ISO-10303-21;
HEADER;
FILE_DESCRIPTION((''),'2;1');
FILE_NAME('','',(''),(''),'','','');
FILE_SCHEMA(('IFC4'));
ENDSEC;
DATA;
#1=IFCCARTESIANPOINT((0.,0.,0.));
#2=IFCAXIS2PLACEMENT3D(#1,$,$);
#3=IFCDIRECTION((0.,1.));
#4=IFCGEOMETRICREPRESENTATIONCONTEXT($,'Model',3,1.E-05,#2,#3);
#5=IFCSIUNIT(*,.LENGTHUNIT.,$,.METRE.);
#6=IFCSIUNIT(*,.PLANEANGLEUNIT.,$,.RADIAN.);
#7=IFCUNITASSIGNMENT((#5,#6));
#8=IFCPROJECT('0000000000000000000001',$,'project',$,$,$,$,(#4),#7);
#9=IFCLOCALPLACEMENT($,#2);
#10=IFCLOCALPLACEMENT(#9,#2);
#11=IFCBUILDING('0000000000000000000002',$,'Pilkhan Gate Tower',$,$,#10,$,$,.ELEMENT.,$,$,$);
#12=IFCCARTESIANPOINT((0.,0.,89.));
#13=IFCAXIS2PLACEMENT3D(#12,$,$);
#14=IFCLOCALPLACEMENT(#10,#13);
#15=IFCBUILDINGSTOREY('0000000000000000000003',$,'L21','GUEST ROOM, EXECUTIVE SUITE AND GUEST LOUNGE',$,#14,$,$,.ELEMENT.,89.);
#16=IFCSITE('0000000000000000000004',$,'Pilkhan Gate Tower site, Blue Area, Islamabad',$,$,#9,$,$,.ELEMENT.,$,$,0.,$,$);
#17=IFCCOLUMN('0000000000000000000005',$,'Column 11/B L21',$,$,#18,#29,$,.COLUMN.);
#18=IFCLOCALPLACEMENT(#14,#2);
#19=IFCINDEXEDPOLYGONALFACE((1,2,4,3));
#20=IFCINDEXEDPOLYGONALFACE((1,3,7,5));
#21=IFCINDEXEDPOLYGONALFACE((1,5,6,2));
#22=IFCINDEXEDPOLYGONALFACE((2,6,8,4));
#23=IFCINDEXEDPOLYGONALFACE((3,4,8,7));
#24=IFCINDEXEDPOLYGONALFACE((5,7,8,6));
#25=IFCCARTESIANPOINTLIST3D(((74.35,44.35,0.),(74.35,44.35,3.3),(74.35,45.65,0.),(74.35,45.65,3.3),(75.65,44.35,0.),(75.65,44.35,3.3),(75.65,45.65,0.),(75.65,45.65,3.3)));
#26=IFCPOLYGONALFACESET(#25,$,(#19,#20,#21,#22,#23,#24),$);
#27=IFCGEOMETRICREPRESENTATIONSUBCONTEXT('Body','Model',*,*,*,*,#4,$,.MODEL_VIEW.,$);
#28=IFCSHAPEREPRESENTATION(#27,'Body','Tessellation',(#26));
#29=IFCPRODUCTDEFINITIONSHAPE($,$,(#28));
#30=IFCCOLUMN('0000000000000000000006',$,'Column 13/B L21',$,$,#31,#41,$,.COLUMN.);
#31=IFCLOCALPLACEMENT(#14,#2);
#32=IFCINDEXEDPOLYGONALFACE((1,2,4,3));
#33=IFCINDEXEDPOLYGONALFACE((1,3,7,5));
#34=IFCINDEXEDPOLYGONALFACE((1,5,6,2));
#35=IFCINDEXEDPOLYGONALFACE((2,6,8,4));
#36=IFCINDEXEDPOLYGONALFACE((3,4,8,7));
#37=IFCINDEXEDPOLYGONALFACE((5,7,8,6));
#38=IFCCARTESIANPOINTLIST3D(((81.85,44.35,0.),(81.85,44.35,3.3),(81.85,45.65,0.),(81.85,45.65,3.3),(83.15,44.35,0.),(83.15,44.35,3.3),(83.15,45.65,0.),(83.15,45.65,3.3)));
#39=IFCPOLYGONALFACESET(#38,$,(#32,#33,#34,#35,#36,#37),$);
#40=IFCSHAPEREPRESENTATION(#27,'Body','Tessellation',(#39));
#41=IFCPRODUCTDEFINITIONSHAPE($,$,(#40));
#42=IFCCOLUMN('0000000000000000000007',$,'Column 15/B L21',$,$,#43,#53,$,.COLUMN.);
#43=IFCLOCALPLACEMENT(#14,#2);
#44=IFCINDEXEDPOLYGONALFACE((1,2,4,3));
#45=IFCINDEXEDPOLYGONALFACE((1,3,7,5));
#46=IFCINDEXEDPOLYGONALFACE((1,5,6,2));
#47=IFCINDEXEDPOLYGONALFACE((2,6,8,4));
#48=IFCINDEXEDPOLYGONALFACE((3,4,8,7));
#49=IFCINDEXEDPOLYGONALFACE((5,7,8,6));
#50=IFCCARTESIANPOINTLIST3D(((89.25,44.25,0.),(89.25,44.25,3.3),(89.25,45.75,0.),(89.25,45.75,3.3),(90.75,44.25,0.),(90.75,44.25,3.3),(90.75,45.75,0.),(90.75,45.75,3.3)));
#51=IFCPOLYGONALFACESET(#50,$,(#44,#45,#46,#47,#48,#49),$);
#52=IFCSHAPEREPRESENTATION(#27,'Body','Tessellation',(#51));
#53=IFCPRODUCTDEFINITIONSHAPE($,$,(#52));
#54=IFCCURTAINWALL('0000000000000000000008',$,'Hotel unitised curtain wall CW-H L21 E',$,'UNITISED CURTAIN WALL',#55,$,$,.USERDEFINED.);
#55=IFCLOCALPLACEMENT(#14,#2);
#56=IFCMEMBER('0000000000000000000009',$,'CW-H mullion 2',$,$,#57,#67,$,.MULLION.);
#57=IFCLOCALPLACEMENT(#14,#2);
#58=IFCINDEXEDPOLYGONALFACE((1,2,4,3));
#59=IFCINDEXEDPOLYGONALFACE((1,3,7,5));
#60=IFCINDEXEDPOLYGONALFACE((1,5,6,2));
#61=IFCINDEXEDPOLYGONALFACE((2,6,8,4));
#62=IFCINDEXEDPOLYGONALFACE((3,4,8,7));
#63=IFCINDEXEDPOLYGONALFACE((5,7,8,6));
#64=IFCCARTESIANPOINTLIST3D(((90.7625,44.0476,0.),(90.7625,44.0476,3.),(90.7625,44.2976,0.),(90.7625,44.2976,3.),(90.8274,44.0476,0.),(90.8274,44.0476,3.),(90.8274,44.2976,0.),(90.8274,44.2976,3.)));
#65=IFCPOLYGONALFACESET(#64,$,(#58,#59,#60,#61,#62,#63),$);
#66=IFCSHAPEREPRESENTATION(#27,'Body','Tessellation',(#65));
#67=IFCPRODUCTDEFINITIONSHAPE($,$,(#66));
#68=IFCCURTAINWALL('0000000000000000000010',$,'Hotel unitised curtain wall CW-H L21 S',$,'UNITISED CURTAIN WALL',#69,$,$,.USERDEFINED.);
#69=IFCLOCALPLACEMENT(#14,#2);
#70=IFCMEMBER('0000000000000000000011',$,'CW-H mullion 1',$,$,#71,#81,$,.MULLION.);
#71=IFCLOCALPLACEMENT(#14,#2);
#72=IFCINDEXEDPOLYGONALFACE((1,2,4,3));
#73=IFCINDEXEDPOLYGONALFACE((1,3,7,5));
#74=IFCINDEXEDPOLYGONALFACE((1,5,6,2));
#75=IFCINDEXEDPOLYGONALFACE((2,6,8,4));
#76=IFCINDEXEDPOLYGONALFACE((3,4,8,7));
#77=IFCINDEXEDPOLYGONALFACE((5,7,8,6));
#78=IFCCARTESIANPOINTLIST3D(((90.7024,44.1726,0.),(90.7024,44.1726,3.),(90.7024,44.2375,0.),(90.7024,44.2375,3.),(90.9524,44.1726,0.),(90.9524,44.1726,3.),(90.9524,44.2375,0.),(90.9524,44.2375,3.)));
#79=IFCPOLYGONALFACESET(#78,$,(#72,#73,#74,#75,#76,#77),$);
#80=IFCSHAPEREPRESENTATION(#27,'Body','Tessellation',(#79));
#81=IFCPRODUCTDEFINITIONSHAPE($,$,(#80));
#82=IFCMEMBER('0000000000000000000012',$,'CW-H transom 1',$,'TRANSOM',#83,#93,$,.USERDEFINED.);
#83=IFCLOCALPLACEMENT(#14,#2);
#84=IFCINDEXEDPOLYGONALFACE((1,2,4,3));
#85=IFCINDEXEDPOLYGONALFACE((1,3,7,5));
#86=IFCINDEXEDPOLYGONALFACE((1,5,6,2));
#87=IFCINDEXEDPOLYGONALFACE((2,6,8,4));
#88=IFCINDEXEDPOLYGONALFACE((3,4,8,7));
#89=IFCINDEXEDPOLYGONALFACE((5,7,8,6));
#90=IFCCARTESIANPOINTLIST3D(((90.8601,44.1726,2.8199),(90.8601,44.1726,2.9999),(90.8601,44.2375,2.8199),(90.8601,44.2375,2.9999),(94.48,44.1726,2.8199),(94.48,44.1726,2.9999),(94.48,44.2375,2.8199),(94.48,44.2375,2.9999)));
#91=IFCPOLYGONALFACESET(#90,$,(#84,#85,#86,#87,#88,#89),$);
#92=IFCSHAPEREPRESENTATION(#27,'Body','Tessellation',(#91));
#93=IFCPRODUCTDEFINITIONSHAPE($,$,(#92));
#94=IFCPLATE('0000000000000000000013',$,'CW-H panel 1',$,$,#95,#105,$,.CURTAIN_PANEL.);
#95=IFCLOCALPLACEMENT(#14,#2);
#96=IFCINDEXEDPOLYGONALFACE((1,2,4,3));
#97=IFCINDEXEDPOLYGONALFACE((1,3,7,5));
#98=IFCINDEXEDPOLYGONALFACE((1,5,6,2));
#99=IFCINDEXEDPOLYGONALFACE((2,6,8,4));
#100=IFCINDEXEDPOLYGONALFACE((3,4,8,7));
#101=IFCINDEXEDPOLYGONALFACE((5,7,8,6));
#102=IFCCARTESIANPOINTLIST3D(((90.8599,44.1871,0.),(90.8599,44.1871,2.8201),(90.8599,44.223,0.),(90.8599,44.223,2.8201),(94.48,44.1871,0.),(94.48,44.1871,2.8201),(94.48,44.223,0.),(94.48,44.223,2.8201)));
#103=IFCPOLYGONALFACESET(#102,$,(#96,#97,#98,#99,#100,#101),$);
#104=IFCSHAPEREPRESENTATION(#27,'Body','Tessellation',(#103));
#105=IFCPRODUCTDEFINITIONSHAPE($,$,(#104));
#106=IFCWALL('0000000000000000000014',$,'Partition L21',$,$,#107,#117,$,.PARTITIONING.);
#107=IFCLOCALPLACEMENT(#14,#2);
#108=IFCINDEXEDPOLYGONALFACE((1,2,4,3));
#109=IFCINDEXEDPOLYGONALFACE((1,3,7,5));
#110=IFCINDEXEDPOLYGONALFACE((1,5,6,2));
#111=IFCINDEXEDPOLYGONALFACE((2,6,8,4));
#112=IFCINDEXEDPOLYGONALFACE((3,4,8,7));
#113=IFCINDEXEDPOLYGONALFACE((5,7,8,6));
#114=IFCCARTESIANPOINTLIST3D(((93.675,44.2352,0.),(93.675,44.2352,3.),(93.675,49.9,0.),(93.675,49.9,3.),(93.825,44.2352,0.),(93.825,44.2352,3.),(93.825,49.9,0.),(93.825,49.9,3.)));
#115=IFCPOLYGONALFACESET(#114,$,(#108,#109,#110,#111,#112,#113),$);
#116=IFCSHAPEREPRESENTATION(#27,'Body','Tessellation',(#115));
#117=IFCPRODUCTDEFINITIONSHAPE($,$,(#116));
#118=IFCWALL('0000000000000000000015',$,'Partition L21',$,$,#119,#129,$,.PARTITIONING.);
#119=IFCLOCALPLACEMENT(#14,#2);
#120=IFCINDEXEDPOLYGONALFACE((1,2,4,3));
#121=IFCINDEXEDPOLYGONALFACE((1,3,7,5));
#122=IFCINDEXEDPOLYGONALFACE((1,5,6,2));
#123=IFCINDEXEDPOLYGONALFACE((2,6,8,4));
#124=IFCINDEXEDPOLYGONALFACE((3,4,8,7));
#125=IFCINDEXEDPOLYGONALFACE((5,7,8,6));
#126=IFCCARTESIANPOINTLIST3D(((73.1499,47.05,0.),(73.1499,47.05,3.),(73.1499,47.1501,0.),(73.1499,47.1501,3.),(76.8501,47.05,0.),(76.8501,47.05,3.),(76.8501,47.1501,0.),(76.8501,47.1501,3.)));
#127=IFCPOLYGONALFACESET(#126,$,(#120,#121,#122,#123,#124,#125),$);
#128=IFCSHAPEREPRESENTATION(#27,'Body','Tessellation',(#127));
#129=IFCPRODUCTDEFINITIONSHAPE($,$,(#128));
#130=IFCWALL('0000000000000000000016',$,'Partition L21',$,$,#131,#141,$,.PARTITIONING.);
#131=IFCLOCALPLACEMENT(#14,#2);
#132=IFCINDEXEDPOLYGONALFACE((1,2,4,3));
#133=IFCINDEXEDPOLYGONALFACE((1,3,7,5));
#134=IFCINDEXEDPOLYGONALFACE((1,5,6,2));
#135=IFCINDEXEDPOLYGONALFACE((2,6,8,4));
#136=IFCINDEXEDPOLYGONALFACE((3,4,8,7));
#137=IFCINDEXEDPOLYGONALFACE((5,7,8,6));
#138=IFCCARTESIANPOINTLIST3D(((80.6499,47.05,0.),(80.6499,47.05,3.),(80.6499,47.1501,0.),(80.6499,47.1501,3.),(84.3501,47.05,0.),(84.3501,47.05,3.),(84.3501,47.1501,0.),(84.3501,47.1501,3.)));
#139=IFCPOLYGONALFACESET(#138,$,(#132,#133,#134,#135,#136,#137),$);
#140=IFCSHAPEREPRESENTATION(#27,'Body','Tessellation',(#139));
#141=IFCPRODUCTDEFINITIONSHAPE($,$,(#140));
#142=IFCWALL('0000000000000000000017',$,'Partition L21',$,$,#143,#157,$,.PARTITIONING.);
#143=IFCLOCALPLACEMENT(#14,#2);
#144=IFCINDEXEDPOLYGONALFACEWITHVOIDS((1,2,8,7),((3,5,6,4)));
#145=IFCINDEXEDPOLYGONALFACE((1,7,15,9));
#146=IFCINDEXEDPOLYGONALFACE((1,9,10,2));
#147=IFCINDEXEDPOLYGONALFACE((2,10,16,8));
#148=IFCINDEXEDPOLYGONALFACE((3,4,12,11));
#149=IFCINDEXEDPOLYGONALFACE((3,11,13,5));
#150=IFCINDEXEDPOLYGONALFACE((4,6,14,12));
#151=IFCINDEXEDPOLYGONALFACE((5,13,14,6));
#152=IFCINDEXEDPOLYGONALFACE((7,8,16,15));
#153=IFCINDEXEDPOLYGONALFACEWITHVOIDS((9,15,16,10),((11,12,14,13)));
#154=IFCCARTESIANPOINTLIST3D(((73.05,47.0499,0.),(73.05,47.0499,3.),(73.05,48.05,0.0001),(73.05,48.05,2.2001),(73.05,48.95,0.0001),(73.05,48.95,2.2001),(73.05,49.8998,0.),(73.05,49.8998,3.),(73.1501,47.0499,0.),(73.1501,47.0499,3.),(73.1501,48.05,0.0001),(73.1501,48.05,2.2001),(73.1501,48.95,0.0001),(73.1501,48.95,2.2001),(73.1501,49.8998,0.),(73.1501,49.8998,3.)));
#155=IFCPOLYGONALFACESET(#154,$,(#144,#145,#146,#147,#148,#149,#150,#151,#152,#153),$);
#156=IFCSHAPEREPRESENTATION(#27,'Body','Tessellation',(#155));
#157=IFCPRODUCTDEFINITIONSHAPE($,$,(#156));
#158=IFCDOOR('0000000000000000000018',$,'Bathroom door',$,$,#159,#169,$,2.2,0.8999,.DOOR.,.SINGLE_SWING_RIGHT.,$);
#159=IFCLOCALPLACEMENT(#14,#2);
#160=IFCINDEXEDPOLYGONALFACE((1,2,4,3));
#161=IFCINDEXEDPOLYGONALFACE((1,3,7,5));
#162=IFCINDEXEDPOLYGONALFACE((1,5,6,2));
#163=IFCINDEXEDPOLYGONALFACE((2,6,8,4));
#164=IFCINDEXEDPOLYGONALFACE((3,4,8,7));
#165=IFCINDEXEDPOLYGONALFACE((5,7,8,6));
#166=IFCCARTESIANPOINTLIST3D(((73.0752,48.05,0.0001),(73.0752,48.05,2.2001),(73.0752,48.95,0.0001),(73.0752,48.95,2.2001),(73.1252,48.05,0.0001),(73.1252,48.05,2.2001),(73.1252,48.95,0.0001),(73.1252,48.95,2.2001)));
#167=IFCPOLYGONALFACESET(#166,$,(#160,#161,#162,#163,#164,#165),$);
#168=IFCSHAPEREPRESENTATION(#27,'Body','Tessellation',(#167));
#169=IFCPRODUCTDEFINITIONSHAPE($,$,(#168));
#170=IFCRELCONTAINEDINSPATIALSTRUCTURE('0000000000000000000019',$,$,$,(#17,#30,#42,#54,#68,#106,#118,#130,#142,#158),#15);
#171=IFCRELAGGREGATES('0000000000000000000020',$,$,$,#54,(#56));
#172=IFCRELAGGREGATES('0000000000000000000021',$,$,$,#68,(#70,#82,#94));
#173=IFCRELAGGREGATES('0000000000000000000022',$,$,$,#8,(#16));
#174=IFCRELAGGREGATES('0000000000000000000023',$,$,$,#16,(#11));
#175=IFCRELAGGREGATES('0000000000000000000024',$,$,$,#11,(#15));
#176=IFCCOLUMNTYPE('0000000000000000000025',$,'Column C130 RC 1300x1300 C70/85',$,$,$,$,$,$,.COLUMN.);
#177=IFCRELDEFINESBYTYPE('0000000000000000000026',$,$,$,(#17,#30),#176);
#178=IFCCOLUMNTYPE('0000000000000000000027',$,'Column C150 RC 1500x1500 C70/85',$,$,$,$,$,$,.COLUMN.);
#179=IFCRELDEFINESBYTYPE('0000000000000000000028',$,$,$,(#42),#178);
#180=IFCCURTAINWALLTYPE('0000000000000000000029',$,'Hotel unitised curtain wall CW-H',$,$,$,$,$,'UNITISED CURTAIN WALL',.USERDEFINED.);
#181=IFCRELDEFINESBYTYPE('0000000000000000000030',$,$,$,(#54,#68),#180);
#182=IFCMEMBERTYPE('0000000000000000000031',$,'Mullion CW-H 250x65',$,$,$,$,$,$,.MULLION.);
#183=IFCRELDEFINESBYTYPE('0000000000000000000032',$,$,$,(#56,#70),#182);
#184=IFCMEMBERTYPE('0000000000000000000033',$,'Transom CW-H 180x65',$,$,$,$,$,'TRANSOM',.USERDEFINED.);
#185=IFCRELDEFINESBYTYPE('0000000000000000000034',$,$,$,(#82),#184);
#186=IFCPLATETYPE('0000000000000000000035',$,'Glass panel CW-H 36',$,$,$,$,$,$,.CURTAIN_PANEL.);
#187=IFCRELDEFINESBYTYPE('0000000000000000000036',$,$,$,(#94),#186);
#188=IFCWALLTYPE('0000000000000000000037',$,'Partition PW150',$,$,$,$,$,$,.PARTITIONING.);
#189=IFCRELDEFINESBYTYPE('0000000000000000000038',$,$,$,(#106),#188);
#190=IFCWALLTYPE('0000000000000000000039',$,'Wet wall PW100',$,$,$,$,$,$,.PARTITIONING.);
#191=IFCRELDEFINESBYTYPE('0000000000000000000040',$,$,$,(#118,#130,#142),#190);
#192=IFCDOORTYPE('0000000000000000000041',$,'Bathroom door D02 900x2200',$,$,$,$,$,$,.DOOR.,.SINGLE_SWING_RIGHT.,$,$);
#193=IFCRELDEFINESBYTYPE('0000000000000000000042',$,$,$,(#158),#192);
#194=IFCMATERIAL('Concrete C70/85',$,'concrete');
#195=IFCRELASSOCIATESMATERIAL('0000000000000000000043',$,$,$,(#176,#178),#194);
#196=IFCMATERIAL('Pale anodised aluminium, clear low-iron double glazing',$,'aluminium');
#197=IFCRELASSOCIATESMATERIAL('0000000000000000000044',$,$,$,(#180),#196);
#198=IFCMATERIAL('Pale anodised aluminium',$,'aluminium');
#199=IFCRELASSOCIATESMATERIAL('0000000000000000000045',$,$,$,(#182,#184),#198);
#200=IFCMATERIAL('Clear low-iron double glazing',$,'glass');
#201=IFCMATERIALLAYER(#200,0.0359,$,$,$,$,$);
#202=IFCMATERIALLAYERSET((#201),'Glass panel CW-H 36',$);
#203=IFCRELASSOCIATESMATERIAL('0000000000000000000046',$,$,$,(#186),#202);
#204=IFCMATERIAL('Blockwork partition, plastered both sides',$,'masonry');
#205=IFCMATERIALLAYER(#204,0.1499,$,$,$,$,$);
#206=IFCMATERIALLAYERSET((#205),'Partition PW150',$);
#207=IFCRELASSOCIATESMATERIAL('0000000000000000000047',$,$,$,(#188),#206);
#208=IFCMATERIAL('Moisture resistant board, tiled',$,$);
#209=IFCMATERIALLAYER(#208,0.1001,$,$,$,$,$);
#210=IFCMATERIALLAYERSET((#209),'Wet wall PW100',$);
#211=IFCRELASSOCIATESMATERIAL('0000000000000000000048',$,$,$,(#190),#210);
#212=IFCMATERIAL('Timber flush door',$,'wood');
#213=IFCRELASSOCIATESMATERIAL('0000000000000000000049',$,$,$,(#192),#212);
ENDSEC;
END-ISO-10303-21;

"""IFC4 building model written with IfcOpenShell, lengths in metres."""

from ifc_helpers import new_model, si_unit, direction, frame, frame_2d, origin, origin_2d, place, context, subcontext, project, spatial, rectangle, extrude, material, layer, layer_set, material_profile, profile_set, type_object, element, fill, aggregate, save


model = new_model("IFC4")

# Units and contexts
model_context = context("Model", 3, precision=1e-05, world=origin(), true_north=direction((0.0, 1.0)))
body_context = subcontext(model_context, "Body", "Model", "MODEL_VIEW")
ifc_project = project(units=[si_unit("LENGTHUNIT", "METRE"), si_unit("PLANEANGLEUNIT", "RADIAN")], contexts=[model_context])

# Site, building, storey
site_placement = place(None, origin())
site = spatial("IfcSite", under=ifc_project, at=site_placement, Name="Pilkhan Gate Tower site, Blue Area, Islamabad", CompositionType="ELEMENT", RefElevation=0.0)
building_placement = place(site_placement, origin())
building = spatial("IfcBuilding", under=site, at=building_placement, Name="Pilkhan Gate Tower", CompositionType="ELEMENT")
storey_placement = place(building_placement, frame((0.0, 0.0, 89.0)))
storey = spatial("IfcBuildingStorey", under=building, at=storey_placement, Name="L21", Description="GUEST ROOM, EXECUTIVE SUITE AND GUEST LOUNGE", CompositionType="ELEMENT", Elevation=89.0)

# Columns
ifc_material_1 = material(Name="Concrete C70/85", Category="concrete")
ifc_material_profile_1 = material_profile(ifc_material_1, rectangle(XDim=1.3, YDim=1.3, at=origin_2d()), Name="RC 1300x1300")
ifc_profile_set_1 = profile_set([ifc_material_profile_1], Name="Concrete C70/85")
column_type_1 = type_object("IfcColumnType", Name="Column C130 RC 1300x1300 C70/85", PredefinedType="COLUMN", material=ifc_profile_set_1)
for number, where, z_axis, x_axis, name in (
    (1, (75.0, 45.0, 0.0), (0.0, 0.0, 1.0), (1.0, 0.0, 0.0), "Column 11/B L21"),
    (2, (82.5, 45.0, 0.0), (0.0, 0.0, 1.0), (1.0, 0.0, 0.0), "Column 13/B L21"),
):
    element("IfcColumn", number, at=place(storey_placement, frame(where, z_axis=z_axis, x_axis=x_axis)), inside=storey, type_object=column_type_1, Name=name, PredefinedType="COLUMN", context=body_context, shape_type="SweptSolid", body=[
        extrude(rectangle(XDim=1.3, YDim=1.3, at=origin_2d()), origin(), (0.0, 0.0, 1.0), 3.3),
    ])
ifc_material_profile_2 = material_profile(ifc_material_1, rectangle(XDim=1.5, YDim=1.5, at=origin_2d()), Name="RC 1500x1500")
ifc_profile_set_2 = profile_set([ifc_material_profile_2], Name="Concrete C70/85")
column_type_2 = type_object("IfcColumnType", Name="Column C150 RC 1500x1500 C70/85", PredefinedType="COLUMN", material=ifc_profile_set_2)
column_placement = place(storey_placement, frame((90.0, 45.0, 0.0), z_axis=(0.0, 0.0, 1.0), x_axis=(1.0, 0.0, 0.0)))
element("IfcColumn", 3, at=column_placement, inside=storey, type_object=column_type_2, Name="Column 15/B L21", PredefinedType="COLUMN", context=body_context, shape_type="SweptSolid", body=[
    extrude(rectangle(XDim=1.5, YDim=1.5, at=origin_2d()), origin(), (0.0, 0.0, 1.0), 3.3),
])

# Curtain wall, member
ifc_material_2 = material(Name="Pale anodised aluminium, clear low-iron double glazing", Category="aluminium")
curtain_wall_type = type_object("IfcCurtainWallType", Name="Hotel unitised curtain wall CW-H", ElementType="UNITISED CURTAIN WALL", PredefinedType="USERDEFINED", material=ifc_material_2)
curtain_wall_1_placement = place(storey_placement, origin())
curtain_wall_1 = element("IfcCurtainWall", 4, at=curtain_wall_1_placement, inside=storey, type_object=curtain_wall_type, Name="Hotel unitised curtain wall CW-H L21 E", ObjectType="UNITISED CURTAIN WALL", PredefinedType="USERDEFINED")
ifc_material_3 = material(Name="Pale anodised aluminium", Category="aluminium")
ifc_material_profile_3 = material_profile(ifc_material_3, rectangle(XDim=0.0649, YDim=0.25, at=origin_2d()), Name="Mullion 250x65")
ifc_profile_set_3 = profile_set([ifc_material_profile_3], Name="Pale anodised aluminium")
member_type_1 = type_object("IfcMemberType", Name="Mullion CW-H 250x65", PredefinedType="MULLION", material=ifc_profile_set_3)
member_1_placement = place(storey_placement, frame((90.7949, 44.1726, 0.0), z_axis=(0.0, 0.0, 1.0), x_axis=(-1.0, 0.0, 0.0)))
member_1 = element("IfcMember", 5, at=member_1_placement, type_object=member_type_1, Name="CW-H mullion 2", PredefinedType="MULLION", context=body_context, shape_type="SweptSolid", body=[
    extrude(rectangle(XDim=0.0649, YDim=0.25, at=origin_2d()), origin(), (0.0, 0.0, 1.0), 3.0),
])
aggregate(curtain_wall_1, [member_1])

# Curtain wall, members, plate
curtain_wall_2_placement = place(storey_placement, origin())
curtain_wall_2 = element("IfcCurtainWall", 6, at=curtain_wall_2_placement, inside=storey, type_object=curtain_wall_type, Name="Hotel unitised curtain wall CW-H L21 S", ObjectType="UNITISED CURTAIN WALL", PredefinedType="USERDEFINED")
member_2_placement = place(storey_placement, frame((90.8274, 44.2051, 0.0), z_axis=(0.0, 0.0, 1.0), x_axis=(0.0, 1.0, 0.0)))
member_2 = element("IfcMember", 7, at=member_2_placement, type_object=member_type_1, Name="CW-H mullion 1", PredefinedType="MULLION", context=body_context, shape_type="SweptSolid", body=[
    extrude(rectangle(XDim=0.0649, YDim=0.25, at=origin_2d()), origin(), (0.0, 0.0, 1.0), 3.0),
])
ifc_material_profile_4 = material_profile(ifc_material_3, rectangle(XDim=0.0649, YDim=0.1799, at=origin_2d()), Name="Transom 180x65")
ifc_profile_set_4 = profile_set([ifc_material_profile_4], Name="Pale anodised aluminium")
member_type_2 = type_object("IfcMemberType", Name="Transom CW-H 180x65", ElementType="TRANSOM", PredefinedType="USERDEFINED", material=ifc_profile_set_4)
member_3_placement = place(storey_placement, frame((90.8601, 44.2051, 2.9099), z_axis=(1.0, 0.0, 0.0), x_axis=(0.0, 1.0, 0.0)))
member_3 = element("IfcMember", 8, at=member_3_placement, type_object=member_type_2, Name="CW-H transom 1", ObjectType="TRANSOM", PredefinedType="USERDEFINED", context=body_context, shape_type="SweptSolid", body=[
    extrude(rectangle(XDim=0.0649, YDim=0.1799, at=origin_2d()), origin(), (0.0, 0.0, 1.0), 3.6199),
])
ifc_material_4 = material(Name="Clear low-iron double glazing", Category="glass")
ifc_layer_1 = layer(ifc_material_4, 0.0359)
ifc_layer_set_1 = layer_set([ifc_layer_1], Name="Glass panel CW-H 36")
plate_type = type_object("IfcPlateType", Name="Glass panel CW-H 36", PredefinedType="CURTAIN_PANEL", material=ifc_layer_set_1)
plate_placement = place(storey_placement, frame((92.6699, 44.2051, 0.0), z_axis=(0.0, 0.0, 1.0), x_axis=(1.0, 0.0, 0.0)))
plate = element("IfcPlate", 9, at=plate_placement, type_object=plate_type, Name="CW-H panel 1", PredefinedType="CURTAIN_PANEL", context=body_context, shape_type="SweptSolid", body=[
    extrude(rectangle(XDim=3.6201, YDim=0.0359, at=origin_2d()), origin(), (0.0, 0.0, 1.0), 2.8201),
])
aggregate(curtain_wall_2, [member_2, member_3, plate])

# Walls
ifc_material_5 = material(Name="Blockwork partition, plastered both sides", Category="masonry")
ifc_layer_2 = layer(ifc_material_5, 0.1499)
ifc_layer_set_2 = layer_set([ifc_layer_2], Name="Partition PW150")
wall_type_1 = type_object("IfcWallType", Name="Partition PW150", PredefinedType="PARTITIONING", material=ifc_layer_set_2)
wall_1_placement = place(storey_placement, frame((93.75, 44.2351, 0.0), z_axis=(0.0, 0.0, 1.0), x_axis=(0.0, 1.0, 0.0)))
element("IfcWall", 10, at=wall_1_placement, inside=storey, type_object=wall_type_1, Name="Partition L21", PredefinedType="PARTITIONING", context=body_context, shape_type="SweptSolid", body=[
    extrude(rectangle(XDim=5.6648, YDim=0.1499, at=frame_2d((2.8325, 0.0))), origin(), (0.0, 0.0, 1.0), 3.0),
])
ifc_material_6 = material(Name="Moisture resistant board, tiled")
ifc_layer_3 = layer(ifc_material_6, 0.1001)
ifc_layer_set_3 = layer_set([ifc_layer_3], Name="Wet wall PW100")
wall_type_2 = type_object("IfcWallType", Name="Wet wall PW100", PredefinedType="PARTITIONING", material=ifc_layer_set_3)
for number, where, z_axis, x_axis, name in (
    (11, (73.1499, 47.1001, 0.0), (0.0, 0.0, 1.0), (1.0, 0.0, 0.0), "Partition L21"),
    (12, (80.6499, 47.1001, 0.0), (0.0, 0.0, 1.0), (1.0, 0.0, 0.0), "Partition L21"),
):
    element("IfcWall", number, at=place(storey_placement, frame(where, z_axis=z_axis, x_axis=x_axis)), inside=storey, type_object=wall_type_2, Name=name, PredefinedType="PARTITIONING", context=body_context, shape_type="SweptSolid", body=[
        extrude(rectangle(XDim=3.7002, YDim=0.1001, at=frame_2d((1.8501, 0.0))), origin(), (0.0, 0.0, 1.0), 3.0),
    ])

# Wall, opening, door
wall_2_placement = place(storey_placement, frame((73.1001, 47.05, 0.0), z_axis=(0.0, 0.0, 1.0), x_axis=(0.0, 1.0, 0.0)))
wall_2 = element("IfcWall", 13, at=wall_2_placement, inside=storey, type_object=wall_type_2, Name="Partition L21", PredefinedType="PARTITIONING", context=body_context, shape_type="SweptSolid", body=[
    extrude(rectangle(XDim=2.8499, YDim=0.1001, at=frame_2d((1.4248, 0.0))), origin(), (0.0, 0.0, 1.0), 3.0),
])
opening_1_placement = place(wall_2_placement, frame((1.0, 0.0, 0.0)))
opening_1 = element("IfcOpeningElement", 14, at=opening_1_placement, cuts=wall_2, PredefinedType="OPENING", context=body_context, shape_type="SweptSolid", body=[
    extrude(rectangle(XDim=0.8999, YDim=2.2, at=frame_2d((0.45, 1.1001))), frame((0.0, 0.0601, 0.0), z_axis=(0.0, -1.0, 0.0), x_axis=(1.0, 0.0, 0.0)), (0.0, 0.0, 1.0), 0.1201),
])
ifc_material_7 = material(Name="Timber flush door", Category="wood")
door_type = type_object("IfcDoorType", Name="Bathroom door D02 900x2200", OperationType="SINGLE_SWING_RIGHT", PredefinedType="DOOR", material=ifc_material_7)
door_1_placement = place(opening_1_placement, origin())
door_1 = element("IfcDoor", 15, at=door_1_placement, inside=storey, type_object=door_type, Name="Bathroom door", OperationType="SINGLE_SWING_RIGHT", OverallHeight=2.2, OverallWidth=0.8999, PredefinedType="DOOR", context=body_context, shape_type="SweptSolid", body=[
    extrude(rectangle(XDim=0.8999, YDim=2.2, at=frame_2d((0.45, 1.1001))), frame((0.0, 0.0249, 0.0), z_axis=(0.0, -1.0, 0.0), x_axis=(1.0, 0.0, 0.0)), (0.0, 0.0, 1.0), 0.05),
])
fill(opening_1, door_1)

save(model, "model.ifc")
